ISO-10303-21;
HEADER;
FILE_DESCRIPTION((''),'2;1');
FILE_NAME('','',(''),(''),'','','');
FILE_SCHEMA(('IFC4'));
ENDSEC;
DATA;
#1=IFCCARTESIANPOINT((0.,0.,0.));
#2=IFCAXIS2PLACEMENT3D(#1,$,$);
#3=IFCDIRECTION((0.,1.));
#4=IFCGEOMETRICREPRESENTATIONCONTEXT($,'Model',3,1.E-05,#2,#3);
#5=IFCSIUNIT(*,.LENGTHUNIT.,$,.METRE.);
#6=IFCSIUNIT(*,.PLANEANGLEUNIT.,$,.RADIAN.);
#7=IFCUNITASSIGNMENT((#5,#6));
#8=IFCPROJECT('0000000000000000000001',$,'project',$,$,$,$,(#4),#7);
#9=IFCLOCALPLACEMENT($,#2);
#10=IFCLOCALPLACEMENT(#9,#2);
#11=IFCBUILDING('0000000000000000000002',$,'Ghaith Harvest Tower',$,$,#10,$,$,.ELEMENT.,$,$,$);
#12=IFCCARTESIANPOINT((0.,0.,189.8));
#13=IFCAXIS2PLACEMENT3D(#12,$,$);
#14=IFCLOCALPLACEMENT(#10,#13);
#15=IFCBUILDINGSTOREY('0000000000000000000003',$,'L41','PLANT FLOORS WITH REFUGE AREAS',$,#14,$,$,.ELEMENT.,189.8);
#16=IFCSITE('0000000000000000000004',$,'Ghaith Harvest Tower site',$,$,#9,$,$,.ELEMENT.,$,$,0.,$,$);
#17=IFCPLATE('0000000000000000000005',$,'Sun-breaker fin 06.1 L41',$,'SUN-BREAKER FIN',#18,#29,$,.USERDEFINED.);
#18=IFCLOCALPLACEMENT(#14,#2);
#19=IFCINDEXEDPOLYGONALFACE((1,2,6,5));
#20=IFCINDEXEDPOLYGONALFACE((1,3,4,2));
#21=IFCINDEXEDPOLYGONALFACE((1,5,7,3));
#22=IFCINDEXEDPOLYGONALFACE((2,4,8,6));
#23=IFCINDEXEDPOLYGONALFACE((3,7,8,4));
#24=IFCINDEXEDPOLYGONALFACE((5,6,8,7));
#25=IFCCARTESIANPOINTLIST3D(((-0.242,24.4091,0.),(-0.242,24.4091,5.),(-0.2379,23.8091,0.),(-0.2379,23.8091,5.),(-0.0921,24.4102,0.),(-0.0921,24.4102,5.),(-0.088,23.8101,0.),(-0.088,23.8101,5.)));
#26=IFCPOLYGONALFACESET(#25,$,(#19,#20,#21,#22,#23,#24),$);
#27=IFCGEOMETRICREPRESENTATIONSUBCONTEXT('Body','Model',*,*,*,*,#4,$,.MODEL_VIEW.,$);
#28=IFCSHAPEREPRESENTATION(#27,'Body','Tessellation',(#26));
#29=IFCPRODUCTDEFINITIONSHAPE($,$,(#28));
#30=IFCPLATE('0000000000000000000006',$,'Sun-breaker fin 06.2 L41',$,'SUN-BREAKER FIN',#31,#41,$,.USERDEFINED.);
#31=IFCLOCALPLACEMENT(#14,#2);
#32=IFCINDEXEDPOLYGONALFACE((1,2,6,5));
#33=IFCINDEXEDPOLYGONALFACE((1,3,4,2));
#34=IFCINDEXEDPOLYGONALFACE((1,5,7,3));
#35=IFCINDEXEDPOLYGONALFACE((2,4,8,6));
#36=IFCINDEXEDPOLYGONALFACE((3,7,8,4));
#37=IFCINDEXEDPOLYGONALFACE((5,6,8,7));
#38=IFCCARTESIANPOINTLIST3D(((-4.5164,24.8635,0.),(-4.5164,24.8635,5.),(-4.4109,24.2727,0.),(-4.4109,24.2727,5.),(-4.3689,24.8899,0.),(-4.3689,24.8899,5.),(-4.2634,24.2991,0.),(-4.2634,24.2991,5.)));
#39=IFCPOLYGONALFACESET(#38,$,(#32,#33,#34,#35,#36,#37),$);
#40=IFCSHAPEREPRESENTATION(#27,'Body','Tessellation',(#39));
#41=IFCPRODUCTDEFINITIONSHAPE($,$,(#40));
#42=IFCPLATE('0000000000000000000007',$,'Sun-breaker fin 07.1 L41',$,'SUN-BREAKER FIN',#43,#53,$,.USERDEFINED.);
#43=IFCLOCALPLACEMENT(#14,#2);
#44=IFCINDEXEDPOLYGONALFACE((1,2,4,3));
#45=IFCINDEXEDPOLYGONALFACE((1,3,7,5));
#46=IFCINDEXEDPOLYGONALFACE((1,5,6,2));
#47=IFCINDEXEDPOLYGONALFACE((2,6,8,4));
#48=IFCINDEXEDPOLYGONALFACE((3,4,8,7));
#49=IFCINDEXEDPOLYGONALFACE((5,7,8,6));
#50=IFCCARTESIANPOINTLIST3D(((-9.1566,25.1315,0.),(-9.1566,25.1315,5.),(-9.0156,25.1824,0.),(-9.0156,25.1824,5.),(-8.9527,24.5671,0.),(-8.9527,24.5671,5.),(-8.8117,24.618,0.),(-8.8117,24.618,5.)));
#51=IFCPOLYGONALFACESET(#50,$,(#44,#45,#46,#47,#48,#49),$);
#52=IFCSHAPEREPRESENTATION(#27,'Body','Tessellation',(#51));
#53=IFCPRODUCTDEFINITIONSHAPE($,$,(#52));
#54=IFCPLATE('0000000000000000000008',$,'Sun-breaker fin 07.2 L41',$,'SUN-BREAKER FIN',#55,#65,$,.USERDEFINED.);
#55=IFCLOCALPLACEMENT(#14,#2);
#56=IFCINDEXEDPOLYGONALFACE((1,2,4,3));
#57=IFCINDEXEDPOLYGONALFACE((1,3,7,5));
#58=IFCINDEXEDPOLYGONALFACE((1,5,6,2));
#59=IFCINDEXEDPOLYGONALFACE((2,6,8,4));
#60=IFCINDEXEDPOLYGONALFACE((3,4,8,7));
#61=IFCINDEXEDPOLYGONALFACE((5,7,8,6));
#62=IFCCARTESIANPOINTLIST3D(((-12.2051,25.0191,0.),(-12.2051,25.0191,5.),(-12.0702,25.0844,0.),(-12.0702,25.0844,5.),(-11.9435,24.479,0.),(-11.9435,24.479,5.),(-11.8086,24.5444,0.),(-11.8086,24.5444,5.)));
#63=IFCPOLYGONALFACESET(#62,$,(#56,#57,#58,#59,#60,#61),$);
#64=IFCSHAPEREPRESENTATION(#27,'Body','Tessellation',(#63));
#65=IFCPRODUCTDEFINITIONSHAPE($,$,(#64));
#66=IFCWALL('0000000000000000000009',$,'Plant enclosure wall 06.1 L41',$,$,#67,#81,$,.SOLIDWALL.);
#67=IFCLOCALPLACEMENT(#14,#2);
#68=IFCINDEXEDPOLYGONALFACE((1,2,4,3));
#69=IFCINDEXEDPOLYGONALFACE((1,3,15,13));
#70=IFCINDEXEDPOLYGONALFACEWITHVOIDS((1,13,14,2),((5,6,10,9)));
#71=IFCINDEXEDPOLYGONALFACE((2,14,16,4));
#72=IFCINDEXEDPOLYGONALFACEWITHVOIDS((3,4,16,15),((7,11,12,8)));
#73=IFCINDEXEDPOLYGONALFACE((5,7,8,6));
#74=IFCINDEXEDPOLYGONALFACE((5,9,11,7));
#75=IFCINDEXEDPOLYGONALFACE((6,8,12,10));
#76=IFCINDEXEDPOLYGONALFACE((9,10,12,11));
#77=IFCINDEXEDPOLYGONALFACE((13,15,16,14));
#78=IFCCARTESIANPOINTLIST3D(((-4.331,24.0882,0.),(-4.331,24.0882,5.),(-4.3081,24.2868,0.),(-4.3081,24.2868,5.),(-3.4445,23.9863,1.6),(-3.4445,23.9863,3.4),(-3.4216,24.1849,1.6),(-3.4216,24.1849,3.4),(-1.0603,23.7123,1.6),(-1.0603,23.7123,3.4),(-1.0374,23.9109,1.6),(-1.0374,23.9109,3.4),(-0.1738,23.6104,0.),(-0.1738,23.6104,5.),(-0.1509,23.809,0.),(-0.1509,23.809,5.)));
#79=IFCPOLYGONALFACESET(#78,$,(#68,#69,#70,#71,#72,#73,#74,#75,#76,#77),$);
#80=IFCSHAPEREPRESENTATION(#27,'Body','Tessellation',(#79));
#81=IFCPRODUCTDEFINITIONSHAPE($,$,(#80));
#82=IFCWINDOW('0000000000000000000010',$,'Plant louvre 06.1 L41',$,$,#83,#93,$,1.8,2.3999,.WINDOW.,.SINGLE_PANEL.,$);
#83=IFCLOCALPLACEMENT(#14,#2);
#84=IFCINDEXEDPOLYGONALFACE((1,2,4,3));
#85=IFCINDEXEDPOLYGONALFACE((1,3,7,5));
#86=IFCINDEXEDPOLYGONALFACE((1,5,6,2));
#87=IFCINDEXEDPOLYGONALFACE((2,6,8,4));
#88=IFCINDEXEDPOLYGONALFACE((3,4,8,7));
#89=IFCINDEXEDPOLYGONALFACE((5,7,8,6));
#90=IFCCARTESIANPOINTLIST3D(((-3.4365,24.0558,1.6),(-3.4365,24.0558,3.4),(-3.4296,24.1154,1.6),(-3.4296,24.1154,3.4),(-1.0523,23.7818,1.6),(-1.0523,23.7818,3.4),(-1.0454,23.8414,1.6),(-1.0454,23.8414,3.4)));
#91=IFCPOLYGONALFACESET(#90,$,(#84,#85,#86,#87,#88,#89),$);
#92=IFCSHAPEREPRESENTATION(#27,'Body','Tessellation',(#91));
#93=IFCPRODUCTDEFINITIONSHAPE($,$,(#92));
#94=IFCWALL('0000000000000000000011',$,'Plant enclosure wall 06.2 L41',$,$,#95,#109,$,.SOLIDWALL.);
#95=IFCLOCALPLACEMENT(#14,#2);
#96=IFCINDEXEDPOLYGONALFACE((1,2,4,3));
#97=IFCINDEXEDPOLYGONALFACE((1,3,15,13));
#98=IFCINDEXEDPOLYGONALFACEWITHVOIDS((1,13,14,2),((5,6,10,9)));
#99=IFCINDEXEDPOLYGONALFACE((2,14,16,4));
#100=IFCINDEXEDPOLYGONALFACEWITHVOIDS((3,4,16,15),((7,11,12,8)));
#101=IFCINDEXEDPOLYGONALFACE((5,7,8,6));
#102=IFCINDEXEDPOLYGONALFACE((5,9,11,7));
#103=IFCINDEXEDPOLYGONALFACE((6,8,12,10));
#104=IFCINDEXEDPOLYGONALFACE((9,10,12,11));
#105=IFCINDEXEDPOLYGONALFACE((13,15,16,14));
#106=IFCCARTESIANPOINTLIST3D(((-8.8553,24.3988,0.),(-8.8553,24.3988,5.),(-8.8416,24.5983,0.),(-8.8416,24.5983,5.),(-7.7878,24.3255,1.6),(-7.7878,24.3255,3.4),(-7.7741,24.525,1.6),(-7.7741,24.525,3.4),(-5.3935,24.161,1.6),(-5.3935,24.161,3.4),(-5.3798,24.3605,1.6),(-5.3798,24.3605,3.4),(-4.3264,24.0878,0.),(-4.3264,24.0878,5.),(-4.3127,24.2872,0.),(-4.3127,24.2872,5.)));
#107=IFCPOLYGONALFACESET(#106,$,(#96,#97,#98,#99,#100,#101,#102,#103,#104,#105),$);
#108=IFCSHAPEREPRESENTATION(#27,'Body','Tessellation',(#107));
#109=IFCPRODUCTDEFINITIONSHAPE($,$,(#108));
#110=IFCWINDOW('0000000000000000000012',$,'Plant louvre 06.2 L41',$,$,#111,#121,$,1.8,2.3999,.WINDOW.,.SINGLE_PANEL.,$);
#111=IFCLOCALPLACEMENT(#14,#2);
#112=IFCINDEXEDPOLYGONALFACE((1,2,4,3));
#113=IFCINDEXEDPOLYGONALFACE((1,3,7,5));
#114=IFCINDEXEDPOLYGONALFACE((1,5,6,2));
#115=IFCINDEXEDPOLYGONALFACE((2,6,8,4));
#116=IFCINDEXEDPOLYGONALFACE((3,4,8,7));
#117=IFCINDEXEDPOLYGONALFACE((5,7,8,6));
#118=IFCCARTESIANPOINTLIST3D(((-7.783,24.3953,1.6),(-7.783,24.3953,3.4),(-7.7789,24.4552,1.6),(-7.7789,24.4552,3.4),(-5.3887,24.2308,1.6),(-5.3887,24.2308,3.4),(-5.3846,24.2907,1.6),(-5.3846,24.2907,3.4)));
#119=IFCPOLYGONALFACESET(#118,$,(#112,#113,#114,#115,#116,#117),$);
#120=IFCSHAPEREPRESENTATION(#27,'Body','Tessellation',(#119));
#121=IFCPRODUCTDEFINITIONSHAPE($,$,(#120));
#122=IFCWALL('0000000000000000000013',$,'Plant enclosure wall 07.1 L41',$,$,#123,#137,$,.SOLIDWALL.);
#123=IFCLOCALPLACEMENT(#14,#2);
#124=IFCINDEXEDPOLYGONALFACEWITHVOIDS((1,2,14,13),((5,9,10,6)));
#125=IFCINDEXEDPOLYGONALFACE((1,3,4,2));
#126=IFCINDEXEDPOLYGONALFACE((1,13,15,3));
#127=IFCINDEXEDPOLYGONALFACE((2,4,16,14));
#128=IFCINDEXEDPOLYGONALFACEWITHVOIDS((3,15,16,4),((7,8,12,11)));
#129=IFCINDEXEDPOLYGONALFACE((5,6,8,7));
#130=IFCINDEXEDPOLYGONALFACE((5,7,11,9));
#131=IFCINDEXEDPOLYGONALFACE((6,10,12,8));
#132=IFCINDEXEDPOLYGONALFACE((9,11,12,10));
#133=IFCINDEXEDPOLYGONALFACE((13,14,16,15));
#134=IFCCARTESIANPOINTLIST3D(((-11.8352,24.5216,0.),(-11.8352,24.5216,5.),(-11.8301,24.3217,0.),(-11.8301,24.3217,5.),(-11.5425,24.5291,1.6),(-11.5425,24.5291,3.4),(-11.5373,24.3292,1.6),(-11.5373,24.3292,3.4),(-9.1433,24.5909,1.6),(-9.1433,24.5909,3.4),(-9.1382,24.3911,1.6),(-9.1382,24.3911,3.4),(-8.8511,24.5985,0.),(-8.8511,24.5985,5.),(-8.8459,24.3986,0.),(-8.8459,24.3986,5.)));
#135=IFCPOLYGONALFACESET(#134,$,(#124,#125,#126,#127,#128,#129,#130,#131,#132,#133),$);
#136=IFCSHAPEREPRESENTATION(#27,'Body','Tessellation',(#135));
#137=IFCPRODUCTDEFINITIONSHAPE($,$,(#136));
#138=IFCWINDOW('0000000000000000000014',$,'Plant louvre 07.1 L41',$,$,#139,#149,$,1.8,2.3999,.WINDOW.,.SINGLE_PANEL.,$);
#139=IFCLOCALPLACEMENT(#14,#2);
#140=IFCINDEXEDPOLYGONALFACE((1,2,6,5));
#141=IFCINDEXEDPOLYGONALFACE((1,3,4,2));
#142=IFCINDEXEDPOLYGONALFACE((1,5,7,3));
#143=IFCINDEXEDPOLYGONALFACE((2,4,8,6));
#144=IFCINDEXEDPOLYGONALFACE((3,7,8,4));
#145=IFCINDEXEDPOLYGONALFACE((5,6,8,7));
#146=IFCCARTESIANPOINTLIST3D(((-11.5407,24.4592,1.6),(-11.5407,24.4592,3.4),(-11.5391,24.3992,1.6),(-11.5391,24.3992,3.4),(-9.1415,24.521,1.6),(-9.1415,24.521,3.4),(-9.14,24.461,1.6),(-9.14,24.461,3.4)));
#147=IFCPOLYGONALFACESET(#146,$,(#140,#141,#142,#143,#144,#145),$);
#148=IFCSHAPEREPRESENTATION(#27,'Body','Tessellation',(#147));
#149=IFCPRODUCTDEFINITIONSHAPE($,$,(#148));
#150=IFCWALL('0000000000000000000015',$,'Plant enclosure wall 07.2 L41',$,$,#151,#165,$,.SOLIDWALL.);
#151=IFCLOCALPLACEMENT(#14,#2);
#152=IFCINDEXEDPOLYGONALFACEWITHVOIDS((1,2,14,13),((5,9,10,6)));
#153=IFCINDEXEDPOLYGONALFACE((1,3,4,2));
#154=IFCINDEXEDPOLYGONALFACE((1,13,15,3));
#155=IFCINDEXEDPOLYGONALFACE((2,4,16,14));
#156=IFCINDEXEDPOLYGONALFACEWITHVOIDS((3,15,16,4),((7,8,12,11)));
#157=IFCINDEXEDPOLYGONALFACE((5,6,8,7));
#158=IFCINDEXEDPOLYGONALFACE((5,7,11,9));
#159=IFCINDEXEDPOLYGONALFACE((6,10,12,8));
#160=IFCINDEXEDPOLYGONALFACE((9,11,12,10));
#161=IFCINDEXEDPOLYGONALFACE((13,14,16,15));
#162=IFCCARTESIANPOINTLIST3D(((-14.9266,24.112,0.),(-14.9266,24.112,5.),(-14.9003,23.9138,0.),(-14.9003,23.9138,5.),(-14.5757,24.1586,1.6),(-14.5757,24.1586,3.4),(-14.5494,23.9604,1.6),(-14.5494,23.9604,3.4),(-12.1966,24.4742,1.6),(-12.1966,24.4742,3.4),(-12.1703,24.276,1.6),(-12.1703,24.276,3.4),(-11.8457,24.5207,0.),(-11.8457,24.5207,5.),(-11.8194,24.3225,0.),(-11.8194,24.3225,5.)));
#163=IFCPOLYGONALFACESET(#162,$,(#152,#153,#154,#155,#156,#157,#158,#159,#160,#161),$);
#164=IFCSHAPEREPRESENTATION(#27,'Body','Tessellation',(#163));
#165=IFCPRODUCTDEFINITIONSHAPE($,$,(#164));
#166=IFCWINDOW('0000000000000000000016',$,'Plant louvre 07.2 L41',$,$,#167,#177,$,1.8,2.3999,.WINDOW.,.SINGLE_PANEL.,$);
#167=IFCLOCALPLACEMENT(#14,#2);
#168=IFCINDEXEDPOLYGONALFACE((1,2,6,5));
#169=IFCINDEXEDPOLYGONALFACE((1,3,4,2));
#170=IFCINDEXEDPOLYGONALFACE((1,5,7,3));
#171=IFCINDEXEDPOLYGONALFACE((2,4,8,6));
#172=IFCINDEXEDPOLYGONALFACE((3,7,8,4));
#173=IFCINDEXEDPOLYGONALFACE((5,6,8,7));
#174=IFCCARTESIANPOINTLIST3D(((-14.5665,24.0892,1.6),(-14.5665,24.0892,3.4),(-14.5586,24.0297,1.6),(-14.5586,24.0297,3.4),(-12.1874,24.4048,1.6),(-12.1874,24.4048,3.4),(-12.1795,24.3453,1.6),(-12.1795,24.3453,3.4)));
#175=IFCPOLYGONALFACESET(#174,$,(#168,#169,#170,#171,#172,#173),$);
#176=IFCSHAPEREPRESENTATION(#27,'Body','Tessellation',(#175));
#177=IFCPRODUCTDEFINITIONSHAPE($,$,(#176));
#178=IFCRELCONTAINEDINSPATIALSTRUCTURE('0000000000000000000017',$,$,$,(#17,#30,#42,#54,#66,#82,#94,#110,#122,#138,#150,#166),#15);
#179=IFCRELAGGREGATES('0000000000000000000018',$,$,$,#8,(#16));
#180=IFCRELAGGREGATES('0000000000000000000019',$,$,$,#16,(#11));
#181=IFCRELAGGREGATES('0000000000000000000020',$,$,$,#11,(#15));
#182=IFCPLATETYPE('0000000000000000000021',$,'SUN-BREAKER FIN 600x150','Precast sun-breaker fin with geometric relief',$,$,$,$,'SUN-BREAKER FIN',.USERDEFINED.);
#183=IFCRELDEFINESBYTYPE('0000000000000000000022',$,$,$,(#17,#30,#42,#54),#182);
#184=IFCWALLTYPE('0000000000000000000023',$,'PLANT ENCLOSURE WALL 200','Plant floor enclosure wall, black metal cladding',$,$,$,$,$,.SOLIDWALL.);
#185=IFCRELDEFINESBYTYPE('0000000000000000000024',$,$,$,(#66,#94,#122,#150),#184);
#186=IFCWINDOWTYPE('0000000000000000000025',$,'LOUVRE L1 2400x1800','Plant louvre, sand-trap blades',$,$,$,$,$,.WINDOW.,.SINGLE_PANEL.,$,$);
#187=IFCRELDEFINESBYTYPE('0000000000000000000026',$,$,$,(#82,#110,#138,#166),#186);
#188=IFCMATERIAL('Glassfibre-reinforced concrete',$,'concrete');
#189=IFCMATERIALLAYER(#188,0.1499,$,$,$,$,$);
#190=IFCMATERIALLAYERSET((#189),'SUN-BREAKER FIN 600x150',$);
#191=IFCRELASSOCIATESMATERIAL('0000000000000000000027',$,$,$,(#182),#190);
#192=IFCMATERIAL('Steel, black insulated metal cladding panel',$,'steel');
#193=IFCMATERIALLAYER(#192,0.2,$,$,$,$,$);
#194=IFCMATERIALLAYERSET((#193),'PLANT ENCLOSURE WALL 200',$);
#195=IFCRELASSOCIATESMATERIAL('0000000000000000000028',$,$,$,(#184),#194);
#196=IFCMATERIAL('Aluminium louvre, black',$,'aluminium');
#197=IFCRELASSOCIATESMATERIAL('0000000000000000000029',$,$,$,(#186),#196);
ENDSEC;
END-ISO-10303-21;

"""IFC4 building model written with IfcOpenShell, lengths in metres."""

from ifc_helpers import new_model, si_unit, direction, frame, frame_2d, origin, origin_2d, place, context, subcontext, project, spatial, rectangle, extrude, material, layer, layer_set, type_object, element, fill, save


model = new_model("IFC4")

# Units and contexts
model_context = context("Model", 3, precision=1e-05, world=origin(), true_north=direction((0.0, 1.0)))
body_context = subcontext(model_context, "Body", "Model", "MODEL_VIEW")
ifc_project = project(units=[si_unit("LENGTHUNIT", "METRE"), si_unit("PLANEANGLEUNIT", "RADIAN")], contexts=[model_context])

# Site, building, storey
site_placement = place(None, origin())
site = spatial("IfcSite", under=ifc_project, at=site_placement, Name="Ghaith Harvest Tower site", CompositionType="ELEMENT", RefElevation=0.0)
building_placement = place(site_placement, origin())
building = spatial("IfcBuilding", under=site, at=building_placement, Name="Ghaith Harvest Tower", CompositionType="ELEMENT")
storey_placement = place(building_placement, frame((0.0, 0.0, 189.8)))
storey = spatial("IfcBuildingStorey", under=building, at=storey_placement, Name="L41", Description="PLANT FLOORS WITH REFUGE AREAS", CompositionType="ELEMENT", Elevation=189.8)

# Plates
ifc_material_1 = material(Name="Glassfibre-reinforced concrete", Category="concrete")
ifc_layer_1 = layer(ifc_material_1, 0.1499)
ifc_layer_set_1 = layer_set([ifc_layer_1], Name="SUN-BREAKER FIN 600x150")
plate_type = type_object("IfcPlateType", Name="SUN-BREAKER FIN 600x150", Description="Precast sun-breaker fin with geometric relief", ElementType="SUN-BREAKER FIN", PredefinedType="USERDEFINED", material=ifc_layer_set_1)
for number, where, z_axis, x_axis, name in (
    (1, (-0.165, 24.1096, 0.0), (0.0, 0.0, 1.0), (-0.006844, 0.999977, 0.0), "Sun-breaker fin 06.1 L41"),
    (2, (-4.3899, 24.5813, 0.0), (0.0, 0.0, 1.0), (-0.175802, 0.984426, 0.0), "Sun-breaker fin 06.2 L41"),
    (3, (-8.9841, 24.8748, 0.0), (0.0, 0.0, 1.0), (-0.339699, 0.940534, 0.0), "Sun-breaker fin 07.1 L41"),
    (4, (-12.0068, 24.7817, 0.0), (0.0, 0.0, 1.0), (-0.436023, 0.899935, 0.0), "Sun-breaker fin 07.2 L41"),
):
    element("IfcPlate", number, at=place(storey_placement, frame(where, z_axis=z_axis, x_axis=x_axis)), inside=storey, type_object=plate_type, Name=name, ObjectType="SUN-BREAKER FIN", PredefinedType="USERDEFINED", context=body_context, shape_type="SweptSolid", body=[
        extrude(rectangle(XDim=0.6001, YDim=0.1499, at=origin_2d()), origin(), (0.0, 0.0, 1.0), 5.0),
    ])

# Walls, openings, windows
ifc_material_2 = material(Name="Steel, black insulated metal cladding panel", Category="steel")
ifc_layer_2 = layer(ifc_material_2, 0.2)
ifc_layer_set_2 = layer_set([ifc_layer_2], Name="PLANT ENCLOSURE WALL 200")
wall_type = type_object("IfcWallType", Name="PLANT ENCLOSURE WALL 200", Description="Plant floor enclosure wall, black metal cladding", PredefinedType="SOLIDWALL", material=ifc_layer_set_2)
wall_1_placement = place(storey_placement, frame((-0.1624, 23.7097, 0.0), z_axis=(0.0, 0.0, 1.0), x_axis=(-0.99346, 0.114177, 0.0)))
wall_1 = element("IfcWall", 5, at=wall_1_placement, inside=storey, type_object=wall_type, Name="Plant enclosure wall 06.1 L41", PredefinedType="SOLIDWALL", context=body_context, shape_type="SweptSolid", body=[
    extrude(rectangle(XDim=4.1846, YDim=0.2, at=frame_2d((2.0923, 0.0))), origin(), (0.0, 0.0, 1.0), 5.0),
])
opening_1_placement = place(wall_1_placement, frame((0.8923, 0.0, 1.6001)))
opening_1 = element("IfcOpeningElement", 6, at=opening_1_placement, cuts=wall_1, PredefinedType="OPENING", context=body_context, shape_type="SweptSolid", body=[
    extrude(rectangle(XDim=2.3999, YDim=1.8, at=frame_2d((1.2, 0.8999))), frame((0.0, 0.1099, 0.0), z_axis=(0.0, -1.0, 0.0), x_axis=(1.0, 0.0, 0.0)), (0.0, 0.0, 1.0), 0.22),
])
ifc_material_3 = material(Name="Aluminium louvre, black", Category="aluminium")
window_type = type_object("IfcWindowType", Name="LOUVRE L1 2400x1800", Description="Plant louvre, sand-trap blades", PartitioningType="SINGLE_PANEL", PredefinedType="WINDOW", material=ifc_material_3)
window_1_placement = place(opening_1_placement, origin())
window_1 = element("IfcWindow", 7, at=window_1_placement, inside=storey, type_object=window_type, Name="Plant louvre 06.1 L41", OverallHeight=1.8, OverallWidth=2.3999, PartitioningType="SINGLE_PANEL", PredefinedType="WINDOW", context=body_context, shape_type="SweptSolid", body=[
    extrude(rectangle(XDim=2.3999, YDim=1.8, at=frame_2d((1.2, 0.8999))), frame((0.0, 0.03, 0.0), z_axis=(0.0, -1.0, 0.0), x_axis=(1.0, 0.0, 0.0)), (0.0, 0.0, 1.0), 0.0601),
])
fill(opening_1, window_1)
wall_2_placement = place(storey_placement, frame((-4.3196, 24.1875, 0.0), z_axis=(0.0, 0.0, 1.0), x_axis=(-0.99765, 0.068518, 0.0)))
wall_2 = element("IfcWall", 8, at=wall_2_placement, inside=storey, type_object=wall_type, Name="Plant enclosure wall 06.2 L41", PredefinedType="SOLIDWALL", context=body_context, shape_type="SweptSolid", body=[
    extrude(rectangle(XDim=4.5396, YDim=0.2, at=frame_2d((2.2698, 0.0))), origin(), (0.0, 0.0, 1.0), 5.0),
])
opening_2_placement = place(wall_2_placement, frame((1.0696, 0.0, 1.6001)))
opening_2 = element("IfcOpeningElement", 9, at=opening_2_placement, cuts=wall_2, PredefinedType="OPENING", context=body_context, shape_type="SweptSolid", body=[
    extrude(rectangle(XDim=2.3999, YDim=1.8, at=frame_2d((1.2, 0.8999))), frame((0.0, 0.1099, 0.0), z_axis=(0.0, -1.0, 0.0), x_axis=(1.0, 0.0, 0.0)), (0.0, 0.0, 1.0), 0.22),
])
window_2_placement = place(opening_2_placement, origin())
window_2 = element("IfcWindow", 10, at=window_2_placement, inside=storey, type_object=window_type, Name="Plant louvre 06.2 L41", OverallHeight=1.8, OverallWidth=2.3999, PartitioningType="SINGLE_PANEL", PredefinedType="WINDOW", context=body_context, shape_type="SweptSolid", body=[
    extrude(rectangle(XDim=2.3999, YDim=1.8, at=frame_2d((1.2, 0.8999))), frame((0.0, 0.03, 0.0), z_axis=(0.0, -1.0, 0.0), x_axis=(1.0, 0.0, 0.0)), (0.0, 0.0, 1.0), 0.0601),
])
fill(opening_2, window_2)
wall_3_placement = place(storey_placement, frame((-8.8484, 24.4985, 0.0), z_axis=(0.0, 0.0, 1.0), x_axis=(-0.999668, -0.025763, 0.0)))
wall_3 = element("IfcWall", 11, at=wall_3_placement, inside=storey, type_object=wall_type, Name="Plant enclosure wall 07.1 L41", PredefinedType="SOLIDWALL", context=body_context, shape_type="SweptSolid", body=[
    extrude(rectangle(XDim=2.9851, YDim=0.2, at=frame_2d((1.4927, 0.0))), origin(), (0.0, 0.0, 1.0), 5.0),
])
opening_3_placement = place(wall_3_placement, frame((0.2925, 0.0, 1.6001)))
opening_3 = element("IfcOpeningElement", 12, at=opening_3_placement, cuts=wall_3, PredefinedType="OPENING", context=body_context, shape_type="SweptSolid", body=[
    extrude(rectangle(XDim=2.3999, YDim=1.8, at=frame_2d((1.2, 0.8999))), frame((0.0, 0.1099, 0.0), z_axis=(0.0, -1.0, 0.0), x_axis=(1.0, 0.0, 0.0)), (0.0, 0.0, 1.0), 0.22),
])
window_3_placement = place(opening_3_placement, origin())
window_3 = element("IfcWindow", 13, at=window_3_placement, inside=storey, type_object=window_type, Name="Plant louvre 07.1 L41", OverallHeight=1.8, OverallWidth=2.3999, PartitioningType="SINGLE_PANEL", PredefinedType="WINDOW", context=body_context, shape_type="SweptSolid", body=[
    extrude(rectangle(XDim=2.3999, YDim=1.8, at=frame_2d((1.2, 0.8999))), frame((0.0, 0.03, 0.0), z_axis=(0.0, -1.0, 0.0), x_axis=(1.0, 0.0, 0.0)), (0.0, 0.0, 1.0), 0.0601),
])
fill(opening_3, window_3)
wall_4_placement = place(storey_placement, frame((-11.8325, 24.4216, 0.0), z_axis=(0.0, 0.0, 1.0), x_axis=(-0.991316, -0.131505, 0.0)))
wall_4 = element("IfcWall", 14, at=wall_4_placement, inside=storey, type_object=wall_type, Name="Plant enclosure wall 07.2 L41", PredefinedType="SOLIDWALL", context=body_context, shape_type="SweptSolid", body=[
    extrude(rectangle(XDim=3.1079, YDim=0.2, at=frame_2d((1.554, 0.0))), origin(), (0.0, 0.0, 1.0), 5.0),
])
opening_4_placement = place(wall_4_placement, frame((0.354, 0.0, 1.6001)))
opening_4 = element("IfcOpeningElement", 15, at=opening_4_placement, cuts=wall_4, PredefinedType="OPENING", context=body_context, shape_type="SweptSolid", body=[
    extrude(rectangle(XDim=2.3999, YDim=1.8, at=frame_2d((1.2, 0.8999))), frame((0.0, 0.1099, 0.0), z_axis=(0.0, -1.0, 0.0), x_axis=(1.0, 0.0, 0.0)), (0.0, 0.0, 1.0), 0.22),
])
window_4_placement = place(opening_4_placement, origin())
window_4 = element("IfcWindow", 16, at=window_4_placement, inside=storey, type_object=window_type, Name="Plant louvre 07.2 L41", OverallHeight=1.8, OverallWidth=2.3999, PartitioningType="SINGLE_PANEL", PredefinedType="WINDOW", context=body_context, shape_type="SweptSolid", body=[
    extrude(rectangle(XDim=2.3999, YDim=1.8, at=frame_2d((1.2, 0.8999))), frame((0.0, 0.03, 0.0), z_axis=(0.0, -1.0, 0.0), x_axis=(1.0, 0.0, 0.0)), (0.0, 0.0, 1.0), 0.0601),
])
fill(opening_4, window_4)

save(model, "model.ifc")
